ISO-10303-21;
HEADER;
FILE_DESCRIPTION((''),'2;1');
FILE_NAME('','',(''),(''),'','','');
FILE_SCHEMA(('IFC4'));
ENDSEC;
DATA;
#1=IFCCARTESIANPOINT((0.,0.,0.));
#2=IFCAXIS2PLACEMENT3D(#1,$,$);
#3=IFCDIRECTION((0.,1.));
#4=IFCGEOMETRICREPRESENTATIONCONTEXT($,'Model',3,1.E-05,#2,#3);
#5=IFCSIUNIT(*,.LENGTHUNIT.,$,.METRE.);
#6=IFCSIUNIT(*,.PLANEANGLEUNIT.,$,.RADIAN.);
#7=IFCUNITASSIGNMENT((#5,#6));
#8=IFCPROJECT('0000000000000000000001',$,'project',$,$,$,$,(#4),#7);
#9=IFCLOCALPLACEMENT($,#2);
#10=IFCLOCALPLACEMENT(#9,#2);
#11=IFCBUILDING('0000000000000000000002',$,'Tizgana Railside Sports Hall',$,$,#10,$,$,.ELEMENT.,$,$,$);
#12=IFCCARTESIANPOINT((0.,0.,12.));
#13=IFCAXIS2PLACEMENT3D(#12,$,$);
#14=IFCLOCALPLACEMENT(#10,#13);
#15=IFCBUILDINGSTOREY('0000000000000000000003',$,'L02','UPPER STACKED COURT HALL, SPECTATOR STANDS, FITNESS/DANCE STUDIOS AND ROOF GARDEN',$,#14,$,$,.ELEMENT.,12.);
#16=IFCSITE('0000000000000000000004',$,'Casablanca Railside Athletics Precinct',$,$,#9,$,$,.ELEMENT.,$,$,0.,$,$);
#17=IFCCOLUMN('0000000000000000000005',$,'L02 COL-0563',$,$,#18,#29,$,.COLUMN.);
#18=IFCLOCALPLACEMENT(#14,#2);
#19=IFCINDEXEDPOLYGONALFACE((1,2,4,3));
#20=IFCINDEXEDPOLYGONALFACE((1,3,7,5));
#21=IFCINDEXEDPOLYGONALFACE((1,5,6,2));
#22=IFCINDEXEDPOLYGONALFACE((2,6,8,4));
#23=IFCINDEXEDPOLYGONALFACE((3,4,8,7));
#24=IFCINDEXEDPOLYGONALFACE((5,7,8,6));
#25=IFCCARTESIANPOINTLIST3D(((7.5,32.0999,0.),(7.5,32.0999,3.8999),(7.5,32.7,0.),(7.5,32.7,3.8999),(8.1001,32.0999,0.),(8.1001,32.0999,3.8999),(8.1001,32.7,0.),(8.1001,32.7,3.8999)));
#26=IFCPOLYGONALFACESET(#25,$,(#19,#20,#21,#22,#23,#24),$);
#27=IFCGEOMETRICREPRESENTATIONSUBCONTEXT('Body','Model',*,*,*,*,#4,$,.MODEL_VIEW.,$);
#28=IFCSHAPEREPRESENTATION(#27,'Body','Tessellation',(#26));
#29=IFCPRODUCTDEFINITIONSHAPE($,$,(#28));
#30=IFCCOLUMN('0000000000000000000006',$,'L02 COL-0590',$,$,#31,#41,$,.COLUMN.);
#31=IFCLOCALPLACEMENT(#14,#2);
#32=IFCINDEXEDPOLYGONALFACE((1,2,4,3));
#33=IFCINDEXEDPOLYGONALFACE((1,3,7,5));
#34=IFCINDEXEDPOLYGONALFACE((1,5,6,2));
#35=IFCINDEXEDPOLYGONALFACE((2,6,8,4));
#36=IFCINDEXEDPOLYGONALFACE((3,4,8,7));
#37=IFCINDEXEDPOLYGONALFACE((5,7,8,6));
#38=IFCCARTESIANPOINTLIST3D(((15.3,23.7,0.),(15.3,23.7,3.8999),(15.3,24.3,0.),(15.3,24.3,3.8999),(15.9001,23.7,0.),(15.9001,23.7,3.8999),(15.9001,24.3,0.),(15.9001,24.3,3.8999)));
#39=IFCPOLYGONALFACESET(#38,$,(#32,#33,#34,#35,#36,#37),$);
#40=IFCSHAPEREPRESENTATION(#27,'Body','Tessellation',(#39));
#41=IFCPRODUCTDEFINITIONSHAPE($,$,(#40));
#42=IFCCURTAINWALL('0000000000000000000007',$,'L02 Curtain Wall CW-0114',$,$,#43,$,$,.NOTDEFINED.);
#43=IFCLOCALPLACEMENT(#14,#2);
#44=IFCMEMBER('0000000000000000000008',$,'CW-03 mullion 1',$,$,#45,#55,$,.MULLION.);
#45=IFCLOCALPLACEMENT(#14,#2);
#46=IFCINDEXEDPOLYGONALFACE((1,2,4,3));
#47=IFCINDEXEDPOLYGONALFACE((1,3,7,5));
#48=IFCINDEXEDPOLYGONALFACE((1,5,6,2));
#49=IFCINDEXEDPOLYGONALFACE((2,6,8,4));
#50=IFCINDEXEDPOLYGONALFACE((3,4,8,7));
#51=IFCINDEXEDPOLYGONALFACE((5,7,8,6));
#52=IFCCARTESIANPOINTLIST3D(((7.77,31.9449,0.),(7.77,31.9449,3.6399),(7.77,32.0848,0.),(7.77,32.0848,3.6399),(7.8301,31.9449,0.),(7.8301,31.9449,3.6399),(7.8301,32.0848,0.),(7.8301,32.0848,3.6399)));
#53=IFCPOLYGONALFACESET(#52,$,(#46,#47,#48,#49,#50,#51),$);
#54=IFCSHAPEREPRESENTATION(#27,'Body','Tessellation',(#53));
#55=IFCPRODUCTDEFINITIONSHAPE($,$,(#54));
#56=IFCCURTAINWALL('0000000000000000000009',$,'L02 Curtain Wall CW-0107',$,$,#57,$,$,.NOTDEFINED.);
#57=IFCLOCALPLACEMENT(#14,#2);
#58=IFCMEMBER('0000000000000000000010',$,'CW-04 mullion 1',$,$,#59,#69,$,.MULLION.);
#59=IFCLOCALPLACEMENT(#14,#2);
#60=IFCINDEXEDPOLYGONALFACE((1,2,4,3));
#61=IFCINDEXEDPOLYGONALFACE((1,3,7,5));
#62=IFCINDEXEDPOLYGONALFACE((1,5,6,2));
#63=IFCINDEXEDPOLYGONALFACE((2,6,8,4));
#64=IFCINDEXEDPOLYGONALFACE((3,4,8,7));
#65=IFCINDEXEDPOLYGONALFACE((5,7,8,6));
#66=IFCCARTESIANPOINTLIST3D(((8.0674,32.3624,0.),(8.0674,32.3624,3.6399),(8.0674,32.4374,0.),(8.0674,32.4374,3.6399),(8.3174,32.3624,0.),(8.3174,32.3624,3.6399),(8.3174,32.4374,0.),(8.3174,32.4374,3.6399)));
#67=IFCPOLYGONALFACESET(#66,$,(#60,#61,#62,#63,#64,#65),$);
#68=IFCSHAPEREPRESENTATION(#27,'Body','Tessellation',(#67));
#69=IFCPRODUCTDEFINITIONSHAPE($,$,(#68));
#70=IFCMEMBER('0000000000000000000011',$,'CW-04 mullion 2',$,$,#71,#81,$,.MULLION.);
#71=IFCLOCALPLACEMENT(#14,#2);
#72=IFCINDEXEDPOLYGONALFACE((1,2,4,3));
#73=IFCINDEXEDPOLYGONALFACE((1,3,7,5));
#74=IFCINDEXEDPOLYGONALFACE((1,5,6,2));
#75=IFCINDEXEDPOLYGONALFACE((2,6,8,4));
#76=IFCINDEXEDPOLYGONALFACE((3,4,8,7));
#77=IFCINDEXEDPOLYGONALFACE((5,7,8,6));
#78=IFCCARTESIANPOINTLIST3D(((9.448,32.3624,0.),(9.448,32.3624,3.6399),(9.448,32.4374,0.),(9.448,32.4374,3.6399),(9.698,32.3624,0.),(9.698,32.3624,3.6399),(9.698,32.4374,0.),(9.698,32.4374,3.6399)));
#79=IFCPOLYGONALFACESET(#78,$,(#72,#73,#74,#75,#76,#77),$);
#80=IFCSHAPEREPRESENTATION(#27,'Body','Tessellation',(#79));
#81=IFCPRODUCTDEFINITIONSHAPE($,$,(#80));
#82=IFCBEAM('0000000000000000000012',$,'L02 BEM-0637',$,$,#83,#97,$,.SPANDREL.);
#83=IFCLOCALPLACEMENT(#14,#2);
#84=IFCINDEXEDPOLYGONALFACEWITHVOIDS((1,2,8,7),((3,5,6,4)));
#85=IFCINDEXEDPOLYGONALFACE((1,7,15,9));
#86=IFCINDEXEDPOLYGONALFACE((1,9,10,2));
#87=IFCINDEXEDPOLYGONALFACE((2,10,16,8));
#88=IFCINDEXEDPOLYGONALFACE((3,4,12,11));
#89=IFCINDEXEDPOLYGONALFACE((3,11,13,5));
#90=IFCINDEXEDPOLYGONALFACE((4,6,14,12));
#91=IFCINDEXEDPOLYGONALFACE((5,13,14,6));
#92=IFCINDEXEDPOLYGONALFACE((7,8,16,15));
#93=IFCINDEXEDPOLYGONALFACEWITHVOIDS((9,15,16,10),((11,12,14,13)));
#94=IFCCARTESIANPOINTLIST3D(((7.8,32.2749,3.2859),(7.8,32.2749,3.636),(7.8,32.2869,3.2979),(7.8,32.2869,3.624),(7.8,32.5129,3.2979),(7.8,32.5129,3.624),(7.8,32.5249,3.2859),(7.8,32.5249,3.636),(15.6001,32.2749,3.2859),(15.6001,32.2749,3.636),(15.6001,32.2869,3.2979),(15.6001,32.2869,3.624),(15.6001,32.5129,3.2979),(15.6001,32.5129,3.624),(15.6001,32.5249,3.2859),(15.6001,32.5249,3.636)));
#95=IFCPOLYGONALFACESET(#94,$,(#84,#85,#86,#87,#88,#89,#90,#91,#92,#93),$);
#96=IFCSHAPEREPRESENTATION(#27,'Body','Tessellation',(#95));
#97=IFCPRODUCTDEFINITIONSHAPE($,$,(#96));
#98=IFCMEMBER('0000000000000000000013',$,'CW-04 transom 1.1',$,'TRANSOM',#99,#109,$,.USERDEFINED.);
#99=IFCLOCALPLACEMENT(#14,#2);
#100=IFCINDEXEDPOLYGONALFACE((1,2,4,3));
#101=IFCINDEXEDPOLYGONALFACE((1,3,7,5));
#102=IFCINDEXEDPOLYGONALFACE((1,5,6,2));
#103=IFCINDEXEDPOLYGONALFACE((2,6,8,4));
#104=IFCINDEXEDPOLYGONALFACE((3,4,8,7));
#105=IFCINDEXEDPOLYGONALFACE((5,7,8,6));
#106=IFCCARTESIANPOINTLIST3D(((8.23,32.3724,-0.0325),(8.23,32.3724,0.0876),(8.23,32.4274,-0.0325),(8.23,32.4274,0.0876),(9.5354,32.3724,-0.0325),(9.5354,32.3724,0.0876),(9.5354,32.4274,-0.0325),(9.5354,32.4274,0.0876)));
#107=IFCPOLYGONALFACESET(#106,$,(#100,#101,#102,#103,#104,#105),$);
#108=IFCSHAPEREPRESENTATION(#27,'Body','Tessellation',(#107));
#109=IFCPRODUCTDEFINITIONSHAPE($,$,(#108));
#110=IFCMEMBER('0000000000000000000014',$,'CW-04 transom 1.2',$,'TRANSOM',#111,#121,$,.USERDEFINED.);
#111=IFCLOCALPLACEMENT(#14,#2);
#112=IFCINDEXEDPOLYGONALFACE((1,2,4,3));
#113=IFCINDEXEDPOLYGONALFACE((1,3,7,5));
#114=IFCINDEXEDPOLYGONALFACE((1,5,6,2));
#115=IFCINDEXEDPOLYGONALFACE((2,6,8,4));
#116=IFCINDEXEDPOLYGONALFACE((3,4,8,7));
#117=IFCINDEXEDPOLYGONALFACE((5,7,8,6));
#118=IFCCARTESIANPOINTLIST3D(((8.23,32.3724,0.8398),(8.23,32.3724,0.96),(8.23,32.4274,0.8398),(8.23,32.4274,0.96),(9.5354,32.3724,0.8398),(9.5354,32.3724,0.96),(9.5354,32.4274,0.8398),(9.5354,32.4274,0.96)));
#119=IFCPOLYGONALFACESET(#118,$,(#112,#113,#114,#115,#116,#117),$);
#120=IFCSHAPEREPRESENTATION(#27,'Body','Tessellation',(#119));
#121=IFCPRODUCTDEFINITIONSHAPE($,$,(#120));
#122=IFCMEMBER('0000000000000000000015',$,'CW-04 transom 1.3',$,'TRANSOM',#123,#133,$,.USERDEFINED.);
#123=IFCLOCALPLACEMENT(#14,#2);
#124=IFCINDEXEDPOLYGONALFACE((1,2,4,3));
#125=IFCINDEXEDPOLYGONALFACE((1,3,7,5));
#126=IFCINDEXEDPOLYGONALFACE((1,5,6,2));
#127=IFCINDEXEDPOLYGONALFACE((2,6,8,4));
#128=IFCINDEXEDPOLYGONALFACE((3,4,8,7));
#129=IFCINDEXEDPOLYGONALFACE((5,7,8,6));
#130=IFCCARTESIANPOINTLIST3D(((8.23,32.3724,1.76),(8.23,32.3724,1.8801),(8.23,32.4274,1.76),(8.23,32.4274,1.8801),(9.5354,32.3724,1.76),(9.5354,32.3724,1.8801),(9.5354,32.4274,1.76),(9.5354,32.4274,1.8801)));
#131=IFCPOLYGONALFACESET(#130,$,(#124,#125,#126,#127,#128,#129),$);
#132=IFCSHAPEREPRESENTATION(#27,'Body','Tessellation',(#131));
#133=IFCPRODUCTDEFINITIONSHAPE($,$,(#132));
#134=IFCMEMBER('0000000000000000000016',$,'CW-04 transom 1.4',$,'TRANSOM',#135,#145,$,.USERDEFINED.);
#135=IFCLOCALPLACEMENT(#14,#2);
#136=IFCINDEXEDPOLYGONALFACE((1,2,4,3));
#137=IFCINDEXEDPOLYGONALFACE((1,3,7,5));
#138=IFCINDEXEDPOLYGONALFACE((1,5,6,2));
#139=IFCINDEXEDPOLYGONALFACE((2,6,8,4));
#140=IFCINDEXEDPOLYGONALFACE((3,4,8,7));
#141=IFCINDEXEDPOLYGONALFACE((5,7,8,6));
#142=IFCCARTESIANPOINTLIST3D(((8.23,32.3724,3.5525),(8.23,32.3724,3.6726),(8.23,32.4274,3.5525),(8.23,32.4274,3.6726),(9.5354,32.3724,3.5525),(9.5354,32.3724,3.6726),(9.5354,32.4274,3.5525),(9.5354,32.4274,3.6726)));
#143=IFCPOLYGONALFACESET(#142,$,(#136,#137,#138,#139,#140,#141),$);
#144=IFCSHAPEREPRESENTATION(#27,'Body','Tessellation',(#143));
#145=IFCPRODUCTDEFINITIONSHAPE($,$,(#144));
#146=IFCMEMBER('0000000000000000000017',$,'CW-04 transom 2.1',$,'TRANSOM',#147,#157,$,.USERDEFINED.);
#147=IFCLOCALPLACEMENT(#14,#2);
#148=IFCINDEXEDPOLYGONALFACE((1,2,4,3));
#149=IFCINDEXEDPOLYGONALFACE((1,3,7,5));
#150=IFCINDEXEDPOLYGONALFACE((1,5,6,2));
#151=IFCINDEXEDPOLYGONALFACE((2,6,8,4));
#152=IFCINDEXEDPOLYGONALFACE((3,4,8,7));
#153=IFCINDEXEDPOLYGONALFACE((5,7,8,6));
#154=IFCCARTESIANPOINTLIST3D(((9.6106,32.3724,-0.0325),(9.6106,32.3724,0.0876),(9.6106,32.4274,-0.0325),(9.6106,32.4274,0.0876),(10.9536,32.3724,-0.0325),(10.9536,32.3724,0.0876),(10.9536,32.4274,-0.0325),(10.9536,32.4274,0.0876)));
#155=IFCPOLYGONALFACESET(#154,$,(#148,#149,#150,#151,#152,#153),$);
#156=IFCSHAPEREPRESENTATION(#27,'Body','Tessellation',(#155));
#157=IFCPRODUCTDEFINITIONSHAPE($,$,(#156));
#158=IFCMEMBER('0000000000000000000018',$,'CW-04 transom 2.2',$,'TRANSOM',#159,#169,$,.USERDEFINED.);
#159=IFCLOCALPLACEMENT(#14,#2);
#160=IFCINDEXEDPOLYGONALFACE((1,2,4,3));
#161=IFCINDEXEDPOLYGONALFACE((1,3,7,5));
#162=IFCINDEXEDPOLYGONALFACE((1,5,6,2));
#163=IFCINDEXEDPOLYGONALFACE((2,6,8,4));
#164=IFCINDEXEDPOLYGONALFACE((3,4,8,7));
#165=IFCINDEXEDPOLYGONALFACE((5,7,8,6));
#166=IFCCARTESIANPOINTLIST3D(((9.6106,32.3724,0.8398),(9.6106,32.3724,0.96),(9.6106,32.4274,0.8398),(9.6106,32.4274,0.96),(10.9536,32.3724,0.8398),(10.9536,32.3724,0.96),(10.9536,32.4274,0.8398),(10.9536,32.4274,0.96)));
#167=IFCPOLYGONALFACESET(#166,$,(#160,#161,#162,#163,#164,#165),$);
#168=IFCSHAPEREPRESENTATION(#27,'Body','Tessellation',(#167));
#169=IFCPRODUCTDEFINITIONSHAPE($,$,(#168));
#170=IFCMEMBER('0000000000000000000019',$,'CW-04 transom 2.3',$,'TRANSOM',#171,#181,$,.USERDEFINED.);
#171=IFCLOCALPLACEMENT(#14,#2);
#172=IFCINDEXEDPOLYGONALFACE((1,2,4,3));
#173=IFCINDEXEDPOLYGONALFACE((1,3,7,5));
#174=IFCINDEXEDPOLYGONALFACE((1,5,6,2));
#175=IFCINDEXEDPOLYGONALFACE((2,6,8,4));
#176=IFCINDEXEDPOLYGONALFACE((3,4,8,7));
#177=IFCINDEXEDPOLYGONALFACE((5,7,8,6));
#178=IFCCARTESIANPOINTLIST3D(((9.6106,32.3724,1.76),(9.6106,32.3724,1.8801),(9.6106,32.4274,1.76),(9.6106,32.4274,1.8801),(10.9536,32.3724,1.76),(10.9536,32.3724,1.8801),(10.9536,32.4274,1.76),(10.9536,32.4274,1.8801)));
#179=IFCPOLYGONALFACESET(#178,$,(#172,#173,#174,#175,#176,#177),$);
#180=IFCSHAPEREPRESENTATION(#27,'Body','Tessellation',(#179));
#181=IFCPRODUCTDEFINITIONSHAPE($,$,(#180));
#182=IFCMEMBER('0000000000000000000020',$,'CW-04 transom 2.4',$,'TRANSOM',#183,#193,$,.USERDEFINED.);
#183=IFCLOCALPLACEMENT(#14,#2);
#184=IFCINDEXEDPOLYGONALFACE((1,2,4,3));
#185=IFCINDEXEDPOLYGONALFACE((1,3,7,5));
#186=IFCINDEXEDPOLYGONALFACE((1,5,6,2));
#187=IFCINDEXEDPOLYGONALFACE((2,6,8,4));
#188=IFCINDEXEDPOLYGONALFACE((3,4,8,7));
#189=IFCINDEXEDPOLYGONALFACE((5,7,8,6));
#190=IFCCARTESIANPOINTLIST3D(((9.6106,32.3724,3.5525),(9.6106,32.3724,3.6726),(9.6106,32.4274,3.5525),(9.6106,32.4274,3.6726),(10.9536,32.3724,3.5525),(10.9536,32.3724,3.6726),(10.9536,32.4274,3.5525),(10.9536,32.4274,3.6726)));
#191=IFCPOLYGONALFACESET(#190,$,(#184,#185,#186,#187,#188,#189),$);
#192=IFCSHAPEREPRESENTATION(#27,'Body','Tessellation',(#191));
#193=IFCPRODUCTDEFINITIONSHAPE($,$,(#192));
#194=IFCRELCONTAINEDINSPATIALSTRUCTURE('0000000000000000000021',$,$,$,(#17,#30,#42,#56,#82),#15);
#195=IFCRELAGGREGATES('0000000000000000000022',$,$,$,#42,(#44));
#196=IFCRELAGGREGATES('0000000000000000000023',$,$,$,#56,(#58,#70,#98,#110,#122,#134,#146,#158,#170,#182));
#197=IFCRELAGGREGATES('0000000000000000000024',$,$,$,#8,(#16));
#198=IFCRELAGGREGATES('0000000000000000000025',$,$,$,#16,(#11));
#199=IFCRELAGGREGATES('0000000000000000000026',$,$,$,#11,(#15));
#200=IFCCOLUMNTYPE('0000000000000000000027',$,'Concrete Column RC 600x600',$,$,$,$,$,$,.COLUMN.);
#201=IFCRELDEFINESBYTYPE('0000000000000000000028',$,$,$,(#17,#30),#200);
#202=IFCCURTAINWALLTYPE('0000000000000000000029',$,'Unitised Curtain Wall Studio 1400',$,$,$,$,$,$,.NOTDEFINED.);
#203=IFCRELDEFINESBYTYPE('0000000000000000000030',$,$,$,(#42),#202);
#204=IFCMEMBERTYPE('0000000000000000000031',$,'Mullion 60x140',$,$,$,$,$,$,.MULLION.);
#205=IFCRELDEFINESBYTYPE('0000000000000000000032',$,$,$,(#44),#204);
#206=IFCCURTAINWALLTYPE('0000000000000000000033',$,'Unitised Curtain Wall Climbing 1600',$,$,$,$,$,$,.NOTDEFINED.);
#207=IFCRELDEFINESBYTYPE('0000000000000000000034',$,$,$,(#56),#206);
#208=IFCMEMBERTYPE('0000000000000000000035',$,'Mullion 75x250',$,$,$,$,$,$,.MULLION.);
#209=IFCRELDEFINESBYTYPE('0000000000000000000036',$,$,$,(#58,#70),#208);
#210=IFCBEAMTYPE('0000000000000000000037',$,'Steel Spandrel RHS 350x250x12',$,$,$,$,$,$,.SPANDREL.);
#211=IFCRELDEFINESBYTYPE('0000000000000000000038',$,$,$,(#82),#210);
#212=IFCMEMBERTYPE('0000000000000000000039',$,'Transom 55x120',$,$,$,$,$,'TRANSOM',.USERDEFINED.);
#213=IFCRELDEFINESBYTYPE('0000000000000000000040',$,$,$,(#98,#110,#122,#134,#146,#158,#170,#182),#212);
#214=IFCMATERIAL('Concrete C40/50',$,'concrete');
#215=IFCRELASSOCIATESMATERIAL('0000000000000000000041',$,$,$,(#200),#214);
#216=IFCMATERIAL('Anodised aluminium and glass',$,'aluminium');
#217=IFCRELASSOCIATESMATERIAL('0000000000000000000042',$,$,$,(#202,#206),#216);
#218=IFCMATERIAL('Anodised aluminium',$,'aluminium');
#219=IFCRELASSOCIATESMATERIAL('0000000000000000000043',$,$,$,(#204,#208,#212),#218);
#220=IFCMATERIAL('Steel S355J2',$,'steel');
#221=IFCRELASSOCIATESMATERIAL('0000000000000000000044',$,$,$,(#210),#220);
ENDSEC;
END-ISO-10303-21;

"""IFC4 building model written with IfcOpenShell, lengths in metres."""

from ifc_helpers import new_model, si_unit, direction, frame, origin, origin_2d, place, context, subcontext, project, spatial, rectangle, hollow_rectangle, extrude, material, material_profile, profile_set, type_object, element, aggregate, save


model = new_model("IFC4")

# Units and contexts
model_context = context("Model", 3, precision=1e-05, world=origin(), true_north=direction((0.0, 1.0)))
body_context = subcontext(model_context, "Body", "Model", "MODEL_VIEW")
ifc_project = project(units=[si_unit("LENGTHUNIT", "METRE"), si_unit("PLANEANGLEUNIT", "RADIAN")], contexts=[model_context])

# Site, building, storey
site_placement = place(None, origin())
site = spatial("IfcSite", under=ifc_project, at=site_placement, Name="Casablanca Railside Athletics Precinct", CompositionType="ELEMENT", RefElevation=0.0)
building_placement = place(site_placement, origin())
building = spatial("IfcBuilding", under=site, at=building_placement, Name="Tizgana Railside Sports Hall", CompositionType="ELEMENT")
storey_placement = place(building_placement, frame((0.0, 0.0, 12.0)))
storey = spatial("IfcBuildingStorey", under=building, at=storey_placement, Name="L02", Description="UPPER STACKED COURT HALL, SPECTATOR STANDS, FITNESS/DANCE STUDIOS AND ROOF GARDEN", CompositionType="ELEMENT", Elevation=12.0)

# Columns
ifc_material_1 = material(Name="Concrete C40/50", Category="concrete")
ifc_material_profile_1 = material_profile(ifc_material_1, rectangle(XDim=0.6001, YDim=0.6001, at=origin_2d()), Name="RC 600x600")
ifc_profile_set_1 = profile_set([ifc_material_profile_1], Name="Concrete C40/50")
column_type = type_object("IfcColumnType", Name="Concrete Column RC 600x600", PredefinedType="COLUMN", material=ifc_profile_set_1)
for number, where, z_axis, x_axis, name in (
    (1, (7.8, 32.3999, 0.0), (0.0, 0.0, 1.0), (1.0, 0.0, 0.0), "L02 COL-0563"),
    (2, (15.6001, 24.0, 0.0), (0.0, 0.0, 1.0), (1.0, 0.0, 0.0), "L02 COL-0590"),
):
    element("IfcColumn", number, at=place(storey_placement, frame(where, z_axis=z_axis, x_axis=x_axis)), inside=storey, type_object=column_type, Name=name, PredefinedType="COLUMN", context=body_context, shape_type="SweptSolid", body=[
        extrude(rectangle(XDim=0.6001, YDim=0.6001, at=origin_2d()), origin(), (0.0, 0.0, 1.0), 3.8999),
    ])

# Curtain wall, member
ifc_material_2 = material(Name="Anodised aluminium and glass", Category="aluminium")
curtain_wall_type_1 = type_object("IfcCurtainWallType", Name="Unitised Curtain Wall Studio 1400", PredefinedType="NOTDEFINED", material=ifc_material_2)
curtain_wall_1_placement = place(storey_placement, origin())
curtain_wall_1 = element("IfcCurtainWall", 3, at=curtain_wall_1_placement, inside=storey, type_object=curtain_wall_type_1, Name="L02 Curtain Wall CW-0114", PredefinedType="NOTDEFINED")
ifc_material_3 = material(Name="Anodised aluminium", Category="aluminium")
ifc_material_profile_2 = material_profile(ifc_material_3, rectangle(XDim=0.0601, YDim=0.1399, at=origin_2d()), Name="Mullion 60x140")
ifc_profile_set_2 = profile_set([ifc_material_profile_2], Name="Anodised aluminium")
member_type_1 = type_object("IfcMemberType", Name="Mullion 60x140", PredefinedType="MULLION", material=ifc_profile_set_2)
member_1_placement = place(storey_placement, frame((7.8, 32.0149, 0.0), z_axis=(0.0, 0.0, 1.0), x_axis=(1.0, 0.0, 0.0)))
member_1 = element("IfcMember", 4, at=member_1_placement, type_object=member_type_1, Name="CW-03 mullion 1", PredefinedType="MULLION", context=body_context, shape_type="SweptSolid", body=[
    extrude(rectangle(XDim=0.0601, YDim=0.1399, at=origin_2d()), origin(), (0.0, 0.0, 1.0), 3.6399),
])

# Curtain wall, members
curtain_wall_type_2 = type_object("IfcCurtainWallType", Name="Unitised Curtain Wall Climbing 1600", PredefinedType="NOTDEFINED", material=ifc_material_2)
curtain_wall_2_placement = place(storey_placement, origin())
curtain_wall_2 = element("IfcCurtainWall", 5, at=curtain_wall_2_placement, inside=storey, type_object=curtain_wall_type_2, Name="L02 Curtain Wall CW-0107", PredefinedType="NOTDEFINED")
ifc_material_profile_3 = material_profile(ifc_material_3, rectangle(XDim=0.075, YDim=0.25, at=origin_2d()), Name="Mullion 75x250")
ifc_profile_set_3 = profile_set([ifc_material_profile_3], Name="Anodised aluminium")
member_type_2 = type_object("IfcMemberType", Name="Mullion 75x250", PredefinedType="MULLION", material=ifc_profile_set_3)
member_2_placement = place(storey_placement, frame((8.1924, 32.3999, 0.0), z_axis=(0.0, 0.0, 1.0), x_axis=(0.0, 1.0, 0.0)))
member_2 = element("IfcMember", 6, at=member_2_placement, type_object=member_type_2, Name="CW-04 mullion 1", PredefinedType="MULLION", context=body_context, shape_type="SweptSolid", body=[
    extrude(rectangle(XDim=0.075, YDim=0.25, at=origin_2d()), origin(), (0.0, 0.0, 1.0), 3.6399),
])
member_3_placement = place(storey_placement, frame((9.573, 32.3999, 0.0), z_axis=(0.0, 0.0, 1.0), x_axis=(0.0, 1.0, 0.0)))
member_3 = element("IfcMember", 7, at=member_3_placement, type_object=member_type_2, Name="CW-04 mullion 2", PredefinedType="MULLION", context=body_context, shape_type="SweptSolid", body=[
    extrude(rectangle(XDim=0.075, YDim=0.25, at=origin_2d()), origin(), (0.0, 0.0, 1.0), 3.6399),
])

# Beam
ifc_material_4 = material(Name="Steel S355J2", Category="steel")
ifc_material_profile_4 = material_profile(ifc_material_4, hollow_rectangle(XDim=0.25, YDim=0.3501, WallThickness=0.012, at=origin_2d()), Name="RHS 350x250x12")
ifc_profile_set_4 = profile_set([ifc_material_profile_4], Name="Steel S355J2")
beam_type = type_object("IfcBeamType", Name="Steel Spandrel RHS 350x250x12", PredefinedType="SPANDREL", material=ifc_profile_set_4)
beam_placement = place(storey_placement, frame((7.8, 32.3999, 3.4609), z_axis=(1.0, 0.0, 0.0), x_axis=(0.0, 1.0, 0.0)))
element("IfcBeam", 8, at=beam_placement, inside=storey, type_object=beam_type, Name="L02 BEM-0637", PredefinedType="SPANDREL", context=body_context, shape_type="SweptSolid", body=[
    extrude(hollow_rectangle(XDim=0.25, YDim=0.3501, WallThickness=0.012, at=origin_2d()), origin(), (0.0, 0.0, 1.0), 7.8),
])

# Members
ifc_material_profile_5 = material_profile(ifc_material_3, rectangle(XDim=0.0549, YDim=0.1201, at=origin_2d()), Name="Transom 55x120")
ifc_profile_set_5 = profile_set([ifc_material_profile_5], Name="Anodised aluminium")
member_type_3 = type_object("IfcMemberType", Name="Transom 55x120", ElementType="TRANSOM", PredefinedType="USERDEFINED", material=ifc_profile_set_5)
member_4_placement = place(storey_placement, frame((8.23, 32.3999, 0.0276), z_axis=(1.0, 0.0, 0.0), x_axis=(0.0, 1.0, 0.0)))
member_4 = element("IfcMember", 9, at=member_4_placement, type_object=member_type_3, Name="CW-04 transom 1.1", ObjectType="TRANSOM", PredefinedType="USERDEFINED", context=body_context, shape_type="SweptSolid", body=[
    extrude(rectangle(XDim=0.0549, YDim=0.1201, at=origin_2d()), origin(), (0.0, 0.0, 1.0), 1.3054),
])
member_5_placement = place(storey_placement, frame((8.23, 32.3999, 0.8999), z_axis=(1.0, 0.0, 0.0), x_axis=(0.0, 1.0, 0.0)))
member_5 = element("IfcMember", 10, at=member_5_placement, type_object=member_type_3, Name="CW-04 transom 1.2", ObjectType="TRANSOM", PredefinedType="USERDEFINED", context=body_context, shape_type="SweptSolid", body=[
    extrude(rectangle(XDim=0.0549, YDim=0.1201, at=origin_2d()), origin(), (0.0, 0.0, 1.0), 1.3054),
])
member_6_placement = place(storey_placement, frame((8.23, 32.3999, 1.8201), z_axis=(1.0, 0.0, 0.0), x_axis=(0.0, 1.0, 0.0)))
member_6 = element("IfcMember", 11, at=member_6_placement, type_object=member_type_3, Name="CW-04 transom 1.3", ObjectType="TRANSOM", PredefinedType="USERDEFINED", context=body_context, shape_type="SweptSolid", body=[
    extrude(rectangle(XDim=0.0549, YDim=0.1201, at=origin_2d()), origin(), (0.0, 0.0, 1.0), 1.3054),
])
member_7_placement = place(storey_placement, frame((8.23, 32.3999, 3.6125), z_axis=(1.0, 0.0, 0.0), x_axis=(0.0, 1.0, 0.0)))
member_7 = element("IfcMember", 12, at=member_7_placement, type_object=member_type_3, Name="CW-04 transom 1.4", ObjectType="TRANSOM", PredefinedType="USERDEFINED", context=body_context, shape_type="SweptSolid", body=[
    extrude(rectangle(XDim=0.0549, YDim=0.1201, at=origin_2d()), origin(), (0.0, 0.0, 1.0), 1.3054),
])
member_8_placement = place(storey_placement, frame((9.6106, 32.3999, 0.0276), z_axis=(1.0, 0.0, 0.0), x_axis=(0.0, 1.0, 0.0)))
member_8 = element("IfcMember", 13, at=member_8_placement, type_object=member_type_3, Name="CW-04 transom 2.1", ObjectType="TRANSOM", PredefinedType="USERDEFINED", context=body_context, shape_type="SweptSolid", body=[
    extrude(rectangle(XDim=0.0549, YDim=0.1201, at=origin_2d()), origin(), (0.0, 0.0, 1.0), 1.343),
])
member_9_placement = place(storey_placement, frame((9.6106, 32.3999, 0.8999), z_axis=(1.0, 0.0, 0.0), x_axis=(0.0, 1.0, 0.0)))
member_9 = element("IfcMember", 14, at=member_9_placement, type_object=member_type_3, Name="CW-04 transom 2.2", ObjectType="TRANSOM", PredefinedType="USERDEFINED", context=body_context, shape_type="SweptSolid", body=[
    extrude(rectangle(XDim=0.0549, YDim=0.1201, at=origin_2d()), origin(), (0.0, 0.0, 1.0), 1.343),
])
member_10_placement = place(storey_placement, frame((9.6106, 32.3999, 1.8201), z_axis=(1.0, 0.0, 0.0), x_axis=(0.0, 1.0, 0.0)))
member_10 = element("IfcMember", 15, at=member_10_placement, type_object=member_type_3, Name="CW-04 transom 2.3", ObjectType="TRANSOM", PredefinedType="USERDEFINED", context=body_context, shape_type="SweptSolid", body=[
    extrude(rectangle(XDim=0.0549, YDim=0.1201, at=origin_2d()), origin(), (0.0, 0.0, 1.0), 1.343),
])
member_11_placement = place(storey_placement, frame((9.6106, 32.3999, 3.6125), z_axis=(1.0, 0.0, 0.0), x_axis=(0.0, 1.0, 0.0)))
member_11 = element("IfcMember", 16, at=member_11_placement, type_object=member_type_3, Name="CW-04 transom 2.4", ObjectType="TRANSOM", PredefinedType="USERDEFINED", context=body_context, shape_type="SweptSolid", body=[
    extrude(rectangle(XDim=0.0549, YDim=0.1201, at=origin_2d()), origin(), (0.0, 0.0, 1.0), 1.343),
])

aggregate(curtain_wall_1, [member_1])
aggregate(curtain_wall_2, [member_2, member_3, member_4, member_5, member_6, member_7, member_8, member_9, member_10, member_11])

save(model, "model.ifc")
